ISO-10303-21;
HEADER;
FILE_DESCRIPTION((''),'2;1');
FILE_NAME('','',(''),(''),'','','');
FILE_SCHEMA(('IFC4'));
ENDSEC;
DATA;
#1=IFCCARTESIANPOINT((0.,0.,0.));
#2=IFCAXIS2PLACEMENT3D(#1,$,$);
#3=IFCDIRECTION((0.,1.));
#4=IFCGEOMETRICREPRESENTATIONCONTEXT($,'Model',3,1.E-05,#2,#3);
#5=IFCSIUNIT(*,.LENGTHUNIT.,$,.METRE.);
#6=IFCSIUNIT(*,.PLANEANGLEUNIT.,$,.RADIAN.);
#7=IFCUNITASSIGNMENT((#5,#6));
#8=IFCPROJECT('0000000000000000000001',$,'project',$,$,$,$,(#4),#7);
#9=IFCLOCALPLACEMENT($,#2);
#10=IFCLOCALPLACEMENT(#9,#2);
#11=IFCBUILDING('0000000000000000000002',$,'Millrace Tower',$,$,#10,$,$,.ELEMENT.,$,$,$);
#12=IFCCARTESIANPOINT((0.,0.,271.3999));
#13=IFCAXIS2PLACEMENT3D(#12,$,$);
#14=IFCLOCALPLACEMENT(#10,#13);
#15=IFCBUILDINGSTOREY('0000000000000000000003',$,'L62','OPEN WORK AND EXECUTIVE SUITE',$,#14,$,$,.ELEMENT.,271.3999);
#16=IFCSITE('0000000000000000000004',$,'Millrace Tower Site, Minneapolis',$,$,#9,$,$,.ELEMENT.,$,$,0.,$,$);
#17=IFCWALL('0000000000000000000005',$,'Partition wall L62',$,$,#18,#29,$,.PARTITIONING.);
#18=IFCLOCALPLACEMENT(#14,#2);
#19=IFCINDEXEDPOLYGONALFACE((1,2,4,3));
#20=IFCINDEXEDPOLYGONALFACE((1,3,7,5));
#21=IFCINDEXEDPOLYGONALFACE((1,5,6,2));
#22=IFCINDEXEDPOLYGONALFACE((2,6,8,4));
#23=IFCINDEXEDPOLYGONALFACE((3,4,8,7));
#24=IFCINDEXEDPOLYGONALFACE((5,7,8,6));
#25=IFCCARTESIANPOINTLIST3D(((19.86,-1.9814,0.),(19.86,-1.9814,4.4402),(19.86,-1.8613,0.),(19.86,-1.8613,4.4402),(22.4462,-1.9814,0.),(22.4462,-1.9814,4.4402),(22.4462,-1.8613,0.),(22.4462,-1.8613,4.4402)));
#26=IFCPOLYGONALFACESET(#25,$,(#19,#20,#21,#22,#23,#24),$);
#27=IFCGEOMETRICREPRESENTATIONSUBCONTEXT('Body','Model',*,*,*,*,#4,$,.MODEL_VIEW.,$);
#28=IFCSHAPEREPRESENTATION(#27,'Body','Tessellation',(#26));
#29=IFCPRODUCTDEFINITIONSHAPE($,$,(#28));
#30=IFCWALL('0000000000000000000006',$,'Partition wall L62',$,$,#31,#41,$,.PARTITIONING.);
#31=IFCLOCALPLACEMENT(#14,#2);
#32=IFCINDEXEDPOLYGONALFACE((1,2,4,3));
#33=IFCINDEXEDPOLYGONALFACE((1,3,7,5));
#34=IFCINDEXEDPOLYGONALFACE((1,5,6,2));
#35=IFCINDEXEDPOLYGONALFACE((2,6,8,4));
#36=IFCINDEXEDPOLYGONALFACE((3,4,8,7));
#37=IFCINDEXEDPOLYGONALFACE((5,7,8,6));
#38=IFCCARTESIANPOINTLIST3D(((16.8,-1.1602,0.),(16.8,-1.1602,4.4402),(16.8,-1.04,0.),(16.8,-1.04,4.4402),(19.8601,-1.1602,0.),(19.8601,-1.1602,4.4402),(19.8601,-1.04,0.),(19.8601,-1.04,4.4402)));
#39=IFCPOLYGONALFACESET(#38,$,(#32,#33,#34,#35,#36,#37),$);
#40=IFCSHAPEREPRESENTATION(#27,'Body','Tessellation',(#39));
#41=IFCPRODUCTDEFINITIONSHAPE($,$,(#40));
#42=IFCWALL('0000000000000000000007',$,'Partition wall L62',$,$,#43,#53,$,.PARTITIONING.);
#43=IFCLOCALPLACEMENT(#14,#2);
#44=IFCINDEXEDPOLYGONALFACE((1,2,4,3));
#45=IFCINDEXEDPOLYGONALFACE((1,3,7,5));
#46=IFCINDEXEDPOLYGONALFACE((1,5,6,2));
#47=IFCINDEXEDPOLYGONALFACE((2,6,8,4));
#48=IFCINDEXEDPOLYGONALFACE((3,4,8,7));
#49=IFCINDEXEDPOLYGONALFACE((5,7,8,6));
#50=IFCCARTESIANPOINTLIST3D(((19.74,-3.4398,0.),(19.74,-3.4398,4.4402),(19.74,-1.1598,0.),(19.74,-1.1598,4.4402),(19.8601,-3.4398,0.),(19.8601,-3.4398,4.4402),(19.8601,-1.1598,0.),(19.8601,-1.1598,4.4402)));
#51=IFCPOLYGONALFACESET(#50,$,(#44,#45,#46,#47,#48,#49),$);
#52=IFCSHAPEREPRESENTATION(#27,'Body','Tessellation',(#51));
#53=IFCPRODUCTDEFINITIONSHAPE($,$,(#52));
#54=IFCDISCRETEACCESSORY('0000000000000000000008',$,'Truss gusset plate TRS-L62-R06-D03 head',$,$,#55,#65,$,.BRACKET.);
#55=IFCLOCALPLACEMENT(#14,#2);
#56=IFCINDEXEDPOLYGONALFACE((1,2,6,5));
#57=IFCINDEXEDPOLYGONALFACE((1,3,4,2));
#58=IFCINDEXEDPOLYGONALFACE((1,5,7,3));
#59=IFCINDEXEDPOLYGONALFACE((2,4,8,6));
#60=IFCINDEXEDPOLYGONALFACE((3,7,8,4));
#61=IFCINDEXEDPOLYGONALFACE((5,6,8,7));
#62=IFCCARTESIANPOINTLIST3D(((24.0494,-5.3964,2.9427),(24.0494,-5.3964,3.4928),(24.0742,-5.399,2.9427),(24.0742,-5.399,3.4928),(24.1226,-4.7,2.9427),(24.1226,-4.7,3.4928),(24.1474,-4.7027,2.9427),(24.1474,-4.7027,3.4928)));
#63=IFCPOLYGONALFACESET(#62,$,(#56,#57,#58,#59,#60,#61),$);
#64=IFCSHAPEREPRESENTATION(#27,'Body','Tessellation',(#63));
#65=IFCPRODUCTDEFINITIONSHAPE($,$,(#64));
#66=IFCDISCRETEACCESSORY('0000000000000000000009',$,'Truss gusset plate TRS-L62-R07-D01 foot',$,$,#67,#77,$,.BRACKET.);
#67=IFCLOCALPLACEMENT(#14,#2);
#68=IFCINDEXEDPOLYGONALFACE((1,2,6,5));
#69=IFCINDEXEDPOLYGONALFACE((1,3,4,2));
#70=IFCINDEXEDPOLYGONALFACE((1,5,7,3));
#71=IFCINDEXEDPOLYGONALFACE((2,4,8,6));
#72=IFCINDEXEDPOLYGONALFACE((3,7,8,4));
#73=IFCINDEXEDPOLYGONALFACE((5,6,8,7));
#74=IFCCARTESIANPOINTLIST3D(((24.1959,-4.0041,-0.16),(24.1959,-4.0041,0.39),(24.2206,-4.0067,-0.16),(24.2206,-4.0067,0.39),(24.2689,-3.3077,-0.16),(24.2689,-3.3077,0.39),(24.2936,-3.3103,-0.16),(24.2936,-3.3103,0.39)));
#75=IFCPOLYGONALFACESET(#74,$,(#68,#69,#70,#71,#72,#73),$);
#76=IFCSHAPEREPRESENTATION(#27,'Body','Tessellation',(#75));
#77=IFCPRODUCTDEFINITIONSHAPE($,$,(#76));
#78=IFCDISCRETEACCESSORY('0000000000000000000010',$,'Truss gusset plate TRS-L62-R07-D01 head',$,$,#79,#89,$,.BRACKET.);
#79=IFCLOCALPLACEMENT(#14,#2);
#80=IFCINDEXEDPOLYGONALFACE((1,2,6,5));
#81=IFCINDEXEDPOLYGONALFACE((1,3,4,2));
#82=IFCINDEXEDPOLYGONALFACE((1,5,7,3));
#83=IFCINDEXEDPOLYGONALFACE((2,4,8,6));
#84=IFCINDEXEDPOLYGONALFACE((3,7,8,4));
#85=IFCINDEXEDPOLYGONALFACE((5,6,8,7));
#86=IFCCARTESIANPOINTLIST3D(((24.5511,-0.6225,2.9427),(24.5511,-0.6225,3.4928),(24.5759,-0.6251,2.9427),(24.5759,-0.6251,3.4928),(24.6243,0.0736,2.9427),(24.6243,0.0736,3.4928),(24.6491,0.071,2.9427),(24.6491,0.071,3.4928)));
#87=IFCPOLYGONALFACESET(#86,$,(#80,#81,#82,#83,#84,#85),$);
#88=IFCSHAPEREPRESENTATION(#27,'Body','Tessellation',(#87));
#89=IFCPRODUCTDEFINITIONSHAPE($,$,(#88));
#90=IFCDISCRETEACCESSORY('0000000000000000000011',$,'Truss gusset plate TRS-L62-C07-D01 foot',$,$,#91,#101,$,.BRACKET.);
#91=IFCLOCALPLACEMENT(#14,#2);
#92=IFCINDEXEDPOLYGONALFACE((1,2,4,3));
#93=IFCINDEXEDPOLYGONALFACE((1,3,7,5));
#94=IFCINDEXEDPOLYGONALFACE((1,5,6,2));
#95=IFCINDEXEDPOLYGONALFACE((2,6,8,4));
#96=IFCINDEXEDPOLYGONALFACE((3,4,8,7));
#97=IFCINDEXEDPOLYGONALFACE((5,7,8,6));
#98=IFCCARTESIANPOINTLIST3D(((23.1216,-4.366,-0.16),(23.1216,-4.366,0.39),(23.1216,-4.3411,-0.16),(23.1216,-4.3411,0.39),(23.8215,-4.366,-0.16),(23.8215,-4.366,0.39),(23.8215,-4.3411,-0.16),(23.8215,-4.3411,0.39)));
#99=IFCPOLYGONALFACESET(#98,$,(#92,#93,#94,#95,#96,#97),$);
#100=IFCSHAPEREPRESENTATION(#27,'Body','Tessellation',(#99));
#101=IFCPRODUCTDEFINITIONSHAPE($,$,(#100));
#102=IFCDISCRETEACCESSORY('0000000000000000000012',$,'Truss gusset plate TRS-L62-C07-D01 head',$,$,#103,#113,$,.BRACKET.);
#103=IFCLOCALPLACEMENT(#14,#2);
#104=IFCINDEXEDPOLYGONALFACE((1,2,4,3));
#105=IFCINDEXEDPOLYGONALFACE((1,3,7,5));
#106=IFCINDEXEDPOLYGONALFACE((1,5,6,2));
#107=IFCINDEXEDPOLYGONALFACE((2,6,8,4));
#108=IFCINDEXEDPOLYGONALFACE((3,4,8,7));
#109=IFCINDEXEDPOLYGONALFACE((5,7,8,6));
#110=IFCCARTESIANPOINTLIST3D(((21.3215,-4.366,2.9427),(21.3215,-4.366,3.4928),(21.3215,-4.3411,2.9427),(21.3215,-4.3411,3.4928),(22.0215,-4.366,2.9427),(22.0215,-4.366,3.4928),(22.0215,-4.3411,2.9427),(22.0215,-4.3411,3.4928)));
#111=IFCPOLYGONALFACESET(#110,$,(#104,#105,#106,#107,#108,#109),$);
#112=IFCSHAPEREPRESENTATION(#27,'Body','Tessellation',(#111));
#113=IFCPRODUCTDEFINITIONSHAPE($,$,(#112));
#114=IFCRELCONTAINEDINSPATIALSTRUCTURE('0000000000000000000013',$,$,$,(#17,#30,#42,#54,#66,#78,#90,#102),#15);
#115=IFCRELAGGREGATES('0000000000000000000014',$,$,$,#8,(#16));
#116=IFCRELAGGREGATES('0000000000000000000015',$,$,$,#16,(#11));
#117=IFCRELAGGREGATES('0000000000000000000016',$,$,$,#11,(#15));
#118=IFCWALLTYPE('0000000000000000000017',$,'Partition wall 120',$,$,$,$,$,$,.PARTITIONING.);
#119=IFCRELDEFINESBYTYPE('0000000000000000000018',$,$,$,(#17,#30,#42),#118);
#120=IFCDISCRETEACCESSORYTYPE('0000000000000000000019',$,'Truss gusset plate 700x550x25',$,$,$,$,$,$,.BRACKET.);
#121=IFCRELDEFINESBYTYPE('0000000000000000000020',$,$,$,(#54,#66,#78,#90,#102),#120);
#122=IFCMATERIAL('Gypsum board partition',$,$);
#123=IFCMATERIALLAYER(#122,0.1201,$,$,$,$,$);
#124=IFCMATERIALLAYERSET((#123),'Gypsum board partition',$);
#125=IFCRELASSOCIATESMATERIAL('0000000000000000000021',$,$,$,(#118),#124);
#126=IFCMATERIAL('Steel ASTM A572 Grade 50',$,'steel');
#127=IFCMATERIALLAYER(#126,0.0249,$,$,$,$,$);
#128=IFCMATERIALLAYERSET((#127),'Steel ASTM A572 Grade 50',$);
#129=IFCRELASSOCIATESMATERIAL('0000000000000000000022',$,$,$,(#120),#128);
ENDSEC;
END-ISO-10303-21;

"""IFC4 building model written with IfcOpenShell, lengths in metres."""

from ifc_helpers import new_model, si_unit, direction, frame, frame_2d, origin, origin_2d, place, context, subcontext, project, spatial, rectangle, extrude, material, layer, layer_set, type_object, element, save


model = new_model("IFC4")

# Units and contexts
model_context = context("Model", 3, precision=1e-05, world=origin(), true_north=direction((0.0, 1.0)))
body_context = subcontext(model_context, "Body", "Model", "MODEL_VIEW")
ifc_project = project(units=[si_unit("LENGTHUNIT", "METRE"), si_unit("PLANEANGLEUNIT", "RADIAN")], contexts=[model_context])

# Site, building, storey
site_placement = place(None, origin())
site = spatial("IfcSite", under=ifc_project, at=site_placement, Name="Millrace Tower Site, Minneapolis", CompositionType="ELEMENT", RefElevation=0.0)
building_placement = place(site_placement, origin())
building = spatial("IfcBuilding", under=site, at=building_placement, Name="Millrace Tower", CompositionType="ELEMENT")
storey_placement = place(building_placement, frame((0.0, 0.0, 271.3999)))
storey = spatial("IfcBuildingStorey", under=building, at=storey_placement, Name="L62", Description="OPEN WORK AND EXECUTIVE SUITE", CompositionType="ELEMENT", Elevation=271.3999)

# Walls
ifc_material_1 = material(Name="Gypsum board partition")
ifc_layer_1 = layer(ifc_material_1, 0.1201)
ifc_layer_set_1 = layer_set([ifc_layer_1], Name="Gypsum board partition")
wall_type_1 = type_object("IfcWallType", Name="Partition wall 120", PredefinedType="PARTITIONING", material=ifc_layer_set_1)
wall_1_placement = place(storey_placement, frame((19.8601, -1.9214, 0.0), z_axis=(0.0, 0.0, 1.0), x_axis=(1.0, 0.0, 0.0)))
element("IfcWall", 1, at=wall_1_placement, inside=storey, type_object=wall_type_1, Name="Partition wall L62", PredefinedType="PARTITIONING", context=body_context, shape_type="SweptSolid", body=[
    extrude(rectangle(XDim=2.5862, YDim=0.1201, at=frame_2d((1.293, 0.0))), origin(), (0.0, 0.0, 1.0), 4.4402),
])
wall_2_placement = place(storey_placement, frame((16.8, -1.1001, 0.0), z_axis=(0.0, 0.0, 1.0), x_axis=(1.0, 0.0, 0.0)))
element("IfcWall", 2, at=wall_2_placement, inside=storey, type_object=wall_type_1, Name="Partition wall L62", PredefinedType="PARTITIONING", context=body_context, shape_type="SweptSolid", body=[
    extrude(rectangle(XDim=3.0601, YDim=0.1201, at=frame_2d((1.53, 0.0))), origin(), (0.0, 0.0, 1.0), 4.4402),
])
wall_3_placement = place(storey_placement, frame((19.8, -3.4399, 0.0), z_axis=(0.0, 0.0, 1.0), x_axis=(0.0, 1.0, 0.0)))
element("IfcWall", 3, at=wall_3_placement, inside=storey, type_object=wall_type_1, Name="Partition wall L62", PredefinedType="PARTITIONING", context=body_context, shape_type="SweptSolid", body=[
    extrude(rectangle(XDim=2.28, YDim=0.1201, at=frame_2d((1.1401, 0.0))), origin(), (0.0, 0.0, 1.0), 4.4402),
])

# Discrete accessories
ifc_material_2 = material(Name="Steel ASTM A572 Grade 50", Category="steel")
ifc_layer_2 = layer(ifc_material_2, 0.0249)
ifc_layer_set_2 = layer_set([ifc_layer_2], Name="Steel ASTM A572 Grade 50")
discrete_accessory_type = type_object("IfcDiscreteAccessoryType", Name="Truss gusset plate 700x550x25", PredefinedType="BRACKET", material=ifc_layer_set_2)
for number, where, z_axis, x_axis, name in (
    (4, (24.0618, -5.3977, 3.2178), (0.104612, 0.994513, 0.0), (-0.994513, 0.104612, 0.0), "Truss gusset plate TRS-L62-R06-D03 head"),
    (5, (24.2083, -4.0054, 0.115), (0.104267, 0.994549, 0.0), (-0.994549, 0.104267, 0.0), "Truss gusset plate TRS-L62-R07-D01 foot"),
):
    element("IfcDiscreteAccessory", number, at=place(storey_placement, frame(where, z_axis=z_axis, x_axis=x_axis)), inside=storey, type_object=discrete_accessory_type, Name=name, PredefinedType="BRACKET", context=body_context, shape_type="SweptSolid", body=[
        extrude(rectangle(XDim=0.0249, YDim=0.55, at=origin_2d()), origin(), (0.0, 0.0, 1.0), 0.7002),
    ])
for number, where, z_axis, x_axis, name in (
    (6, (24.5635, -0.6238, 3.2178), (0.104648, 0.994509, 0.0), (-0.994509, 0.104648, 0.0), "Truss gusset plate TRS-L62-R07-D01 head"),
    (7, (23.1216, -4.3535, 0.115), (1.0, 0.0, 0.0), (0.0, 1.0, 0.0), "Truss gusset plate TRS-L62-C07-D01 foot"),
    (8, (21.3215, -4.3535, 3.2178), (1.0, 0.0, 0.0), (0.0, 1.0, 0.0), "Truss gusset plate TRS-L62-C07-D01 head"),
):
    element("IfcDiscreteAccessory", number, at=place(storey_placement, frame(where, z_axis=z_axis, x_axis=x_axis)), inside=storey, type_object=discrete_accessory_type, Name=name, PredefinedType="BRACKET", context=body_context, shape_type="SweptSolid", body=[
        extrude(rectangle(XDim=0.0249, YDim=0.55, at=origin_2d()), origin(), (0.0, 0.0, 1.0), 0.7),
    ])

save(model, "model.ifc")
